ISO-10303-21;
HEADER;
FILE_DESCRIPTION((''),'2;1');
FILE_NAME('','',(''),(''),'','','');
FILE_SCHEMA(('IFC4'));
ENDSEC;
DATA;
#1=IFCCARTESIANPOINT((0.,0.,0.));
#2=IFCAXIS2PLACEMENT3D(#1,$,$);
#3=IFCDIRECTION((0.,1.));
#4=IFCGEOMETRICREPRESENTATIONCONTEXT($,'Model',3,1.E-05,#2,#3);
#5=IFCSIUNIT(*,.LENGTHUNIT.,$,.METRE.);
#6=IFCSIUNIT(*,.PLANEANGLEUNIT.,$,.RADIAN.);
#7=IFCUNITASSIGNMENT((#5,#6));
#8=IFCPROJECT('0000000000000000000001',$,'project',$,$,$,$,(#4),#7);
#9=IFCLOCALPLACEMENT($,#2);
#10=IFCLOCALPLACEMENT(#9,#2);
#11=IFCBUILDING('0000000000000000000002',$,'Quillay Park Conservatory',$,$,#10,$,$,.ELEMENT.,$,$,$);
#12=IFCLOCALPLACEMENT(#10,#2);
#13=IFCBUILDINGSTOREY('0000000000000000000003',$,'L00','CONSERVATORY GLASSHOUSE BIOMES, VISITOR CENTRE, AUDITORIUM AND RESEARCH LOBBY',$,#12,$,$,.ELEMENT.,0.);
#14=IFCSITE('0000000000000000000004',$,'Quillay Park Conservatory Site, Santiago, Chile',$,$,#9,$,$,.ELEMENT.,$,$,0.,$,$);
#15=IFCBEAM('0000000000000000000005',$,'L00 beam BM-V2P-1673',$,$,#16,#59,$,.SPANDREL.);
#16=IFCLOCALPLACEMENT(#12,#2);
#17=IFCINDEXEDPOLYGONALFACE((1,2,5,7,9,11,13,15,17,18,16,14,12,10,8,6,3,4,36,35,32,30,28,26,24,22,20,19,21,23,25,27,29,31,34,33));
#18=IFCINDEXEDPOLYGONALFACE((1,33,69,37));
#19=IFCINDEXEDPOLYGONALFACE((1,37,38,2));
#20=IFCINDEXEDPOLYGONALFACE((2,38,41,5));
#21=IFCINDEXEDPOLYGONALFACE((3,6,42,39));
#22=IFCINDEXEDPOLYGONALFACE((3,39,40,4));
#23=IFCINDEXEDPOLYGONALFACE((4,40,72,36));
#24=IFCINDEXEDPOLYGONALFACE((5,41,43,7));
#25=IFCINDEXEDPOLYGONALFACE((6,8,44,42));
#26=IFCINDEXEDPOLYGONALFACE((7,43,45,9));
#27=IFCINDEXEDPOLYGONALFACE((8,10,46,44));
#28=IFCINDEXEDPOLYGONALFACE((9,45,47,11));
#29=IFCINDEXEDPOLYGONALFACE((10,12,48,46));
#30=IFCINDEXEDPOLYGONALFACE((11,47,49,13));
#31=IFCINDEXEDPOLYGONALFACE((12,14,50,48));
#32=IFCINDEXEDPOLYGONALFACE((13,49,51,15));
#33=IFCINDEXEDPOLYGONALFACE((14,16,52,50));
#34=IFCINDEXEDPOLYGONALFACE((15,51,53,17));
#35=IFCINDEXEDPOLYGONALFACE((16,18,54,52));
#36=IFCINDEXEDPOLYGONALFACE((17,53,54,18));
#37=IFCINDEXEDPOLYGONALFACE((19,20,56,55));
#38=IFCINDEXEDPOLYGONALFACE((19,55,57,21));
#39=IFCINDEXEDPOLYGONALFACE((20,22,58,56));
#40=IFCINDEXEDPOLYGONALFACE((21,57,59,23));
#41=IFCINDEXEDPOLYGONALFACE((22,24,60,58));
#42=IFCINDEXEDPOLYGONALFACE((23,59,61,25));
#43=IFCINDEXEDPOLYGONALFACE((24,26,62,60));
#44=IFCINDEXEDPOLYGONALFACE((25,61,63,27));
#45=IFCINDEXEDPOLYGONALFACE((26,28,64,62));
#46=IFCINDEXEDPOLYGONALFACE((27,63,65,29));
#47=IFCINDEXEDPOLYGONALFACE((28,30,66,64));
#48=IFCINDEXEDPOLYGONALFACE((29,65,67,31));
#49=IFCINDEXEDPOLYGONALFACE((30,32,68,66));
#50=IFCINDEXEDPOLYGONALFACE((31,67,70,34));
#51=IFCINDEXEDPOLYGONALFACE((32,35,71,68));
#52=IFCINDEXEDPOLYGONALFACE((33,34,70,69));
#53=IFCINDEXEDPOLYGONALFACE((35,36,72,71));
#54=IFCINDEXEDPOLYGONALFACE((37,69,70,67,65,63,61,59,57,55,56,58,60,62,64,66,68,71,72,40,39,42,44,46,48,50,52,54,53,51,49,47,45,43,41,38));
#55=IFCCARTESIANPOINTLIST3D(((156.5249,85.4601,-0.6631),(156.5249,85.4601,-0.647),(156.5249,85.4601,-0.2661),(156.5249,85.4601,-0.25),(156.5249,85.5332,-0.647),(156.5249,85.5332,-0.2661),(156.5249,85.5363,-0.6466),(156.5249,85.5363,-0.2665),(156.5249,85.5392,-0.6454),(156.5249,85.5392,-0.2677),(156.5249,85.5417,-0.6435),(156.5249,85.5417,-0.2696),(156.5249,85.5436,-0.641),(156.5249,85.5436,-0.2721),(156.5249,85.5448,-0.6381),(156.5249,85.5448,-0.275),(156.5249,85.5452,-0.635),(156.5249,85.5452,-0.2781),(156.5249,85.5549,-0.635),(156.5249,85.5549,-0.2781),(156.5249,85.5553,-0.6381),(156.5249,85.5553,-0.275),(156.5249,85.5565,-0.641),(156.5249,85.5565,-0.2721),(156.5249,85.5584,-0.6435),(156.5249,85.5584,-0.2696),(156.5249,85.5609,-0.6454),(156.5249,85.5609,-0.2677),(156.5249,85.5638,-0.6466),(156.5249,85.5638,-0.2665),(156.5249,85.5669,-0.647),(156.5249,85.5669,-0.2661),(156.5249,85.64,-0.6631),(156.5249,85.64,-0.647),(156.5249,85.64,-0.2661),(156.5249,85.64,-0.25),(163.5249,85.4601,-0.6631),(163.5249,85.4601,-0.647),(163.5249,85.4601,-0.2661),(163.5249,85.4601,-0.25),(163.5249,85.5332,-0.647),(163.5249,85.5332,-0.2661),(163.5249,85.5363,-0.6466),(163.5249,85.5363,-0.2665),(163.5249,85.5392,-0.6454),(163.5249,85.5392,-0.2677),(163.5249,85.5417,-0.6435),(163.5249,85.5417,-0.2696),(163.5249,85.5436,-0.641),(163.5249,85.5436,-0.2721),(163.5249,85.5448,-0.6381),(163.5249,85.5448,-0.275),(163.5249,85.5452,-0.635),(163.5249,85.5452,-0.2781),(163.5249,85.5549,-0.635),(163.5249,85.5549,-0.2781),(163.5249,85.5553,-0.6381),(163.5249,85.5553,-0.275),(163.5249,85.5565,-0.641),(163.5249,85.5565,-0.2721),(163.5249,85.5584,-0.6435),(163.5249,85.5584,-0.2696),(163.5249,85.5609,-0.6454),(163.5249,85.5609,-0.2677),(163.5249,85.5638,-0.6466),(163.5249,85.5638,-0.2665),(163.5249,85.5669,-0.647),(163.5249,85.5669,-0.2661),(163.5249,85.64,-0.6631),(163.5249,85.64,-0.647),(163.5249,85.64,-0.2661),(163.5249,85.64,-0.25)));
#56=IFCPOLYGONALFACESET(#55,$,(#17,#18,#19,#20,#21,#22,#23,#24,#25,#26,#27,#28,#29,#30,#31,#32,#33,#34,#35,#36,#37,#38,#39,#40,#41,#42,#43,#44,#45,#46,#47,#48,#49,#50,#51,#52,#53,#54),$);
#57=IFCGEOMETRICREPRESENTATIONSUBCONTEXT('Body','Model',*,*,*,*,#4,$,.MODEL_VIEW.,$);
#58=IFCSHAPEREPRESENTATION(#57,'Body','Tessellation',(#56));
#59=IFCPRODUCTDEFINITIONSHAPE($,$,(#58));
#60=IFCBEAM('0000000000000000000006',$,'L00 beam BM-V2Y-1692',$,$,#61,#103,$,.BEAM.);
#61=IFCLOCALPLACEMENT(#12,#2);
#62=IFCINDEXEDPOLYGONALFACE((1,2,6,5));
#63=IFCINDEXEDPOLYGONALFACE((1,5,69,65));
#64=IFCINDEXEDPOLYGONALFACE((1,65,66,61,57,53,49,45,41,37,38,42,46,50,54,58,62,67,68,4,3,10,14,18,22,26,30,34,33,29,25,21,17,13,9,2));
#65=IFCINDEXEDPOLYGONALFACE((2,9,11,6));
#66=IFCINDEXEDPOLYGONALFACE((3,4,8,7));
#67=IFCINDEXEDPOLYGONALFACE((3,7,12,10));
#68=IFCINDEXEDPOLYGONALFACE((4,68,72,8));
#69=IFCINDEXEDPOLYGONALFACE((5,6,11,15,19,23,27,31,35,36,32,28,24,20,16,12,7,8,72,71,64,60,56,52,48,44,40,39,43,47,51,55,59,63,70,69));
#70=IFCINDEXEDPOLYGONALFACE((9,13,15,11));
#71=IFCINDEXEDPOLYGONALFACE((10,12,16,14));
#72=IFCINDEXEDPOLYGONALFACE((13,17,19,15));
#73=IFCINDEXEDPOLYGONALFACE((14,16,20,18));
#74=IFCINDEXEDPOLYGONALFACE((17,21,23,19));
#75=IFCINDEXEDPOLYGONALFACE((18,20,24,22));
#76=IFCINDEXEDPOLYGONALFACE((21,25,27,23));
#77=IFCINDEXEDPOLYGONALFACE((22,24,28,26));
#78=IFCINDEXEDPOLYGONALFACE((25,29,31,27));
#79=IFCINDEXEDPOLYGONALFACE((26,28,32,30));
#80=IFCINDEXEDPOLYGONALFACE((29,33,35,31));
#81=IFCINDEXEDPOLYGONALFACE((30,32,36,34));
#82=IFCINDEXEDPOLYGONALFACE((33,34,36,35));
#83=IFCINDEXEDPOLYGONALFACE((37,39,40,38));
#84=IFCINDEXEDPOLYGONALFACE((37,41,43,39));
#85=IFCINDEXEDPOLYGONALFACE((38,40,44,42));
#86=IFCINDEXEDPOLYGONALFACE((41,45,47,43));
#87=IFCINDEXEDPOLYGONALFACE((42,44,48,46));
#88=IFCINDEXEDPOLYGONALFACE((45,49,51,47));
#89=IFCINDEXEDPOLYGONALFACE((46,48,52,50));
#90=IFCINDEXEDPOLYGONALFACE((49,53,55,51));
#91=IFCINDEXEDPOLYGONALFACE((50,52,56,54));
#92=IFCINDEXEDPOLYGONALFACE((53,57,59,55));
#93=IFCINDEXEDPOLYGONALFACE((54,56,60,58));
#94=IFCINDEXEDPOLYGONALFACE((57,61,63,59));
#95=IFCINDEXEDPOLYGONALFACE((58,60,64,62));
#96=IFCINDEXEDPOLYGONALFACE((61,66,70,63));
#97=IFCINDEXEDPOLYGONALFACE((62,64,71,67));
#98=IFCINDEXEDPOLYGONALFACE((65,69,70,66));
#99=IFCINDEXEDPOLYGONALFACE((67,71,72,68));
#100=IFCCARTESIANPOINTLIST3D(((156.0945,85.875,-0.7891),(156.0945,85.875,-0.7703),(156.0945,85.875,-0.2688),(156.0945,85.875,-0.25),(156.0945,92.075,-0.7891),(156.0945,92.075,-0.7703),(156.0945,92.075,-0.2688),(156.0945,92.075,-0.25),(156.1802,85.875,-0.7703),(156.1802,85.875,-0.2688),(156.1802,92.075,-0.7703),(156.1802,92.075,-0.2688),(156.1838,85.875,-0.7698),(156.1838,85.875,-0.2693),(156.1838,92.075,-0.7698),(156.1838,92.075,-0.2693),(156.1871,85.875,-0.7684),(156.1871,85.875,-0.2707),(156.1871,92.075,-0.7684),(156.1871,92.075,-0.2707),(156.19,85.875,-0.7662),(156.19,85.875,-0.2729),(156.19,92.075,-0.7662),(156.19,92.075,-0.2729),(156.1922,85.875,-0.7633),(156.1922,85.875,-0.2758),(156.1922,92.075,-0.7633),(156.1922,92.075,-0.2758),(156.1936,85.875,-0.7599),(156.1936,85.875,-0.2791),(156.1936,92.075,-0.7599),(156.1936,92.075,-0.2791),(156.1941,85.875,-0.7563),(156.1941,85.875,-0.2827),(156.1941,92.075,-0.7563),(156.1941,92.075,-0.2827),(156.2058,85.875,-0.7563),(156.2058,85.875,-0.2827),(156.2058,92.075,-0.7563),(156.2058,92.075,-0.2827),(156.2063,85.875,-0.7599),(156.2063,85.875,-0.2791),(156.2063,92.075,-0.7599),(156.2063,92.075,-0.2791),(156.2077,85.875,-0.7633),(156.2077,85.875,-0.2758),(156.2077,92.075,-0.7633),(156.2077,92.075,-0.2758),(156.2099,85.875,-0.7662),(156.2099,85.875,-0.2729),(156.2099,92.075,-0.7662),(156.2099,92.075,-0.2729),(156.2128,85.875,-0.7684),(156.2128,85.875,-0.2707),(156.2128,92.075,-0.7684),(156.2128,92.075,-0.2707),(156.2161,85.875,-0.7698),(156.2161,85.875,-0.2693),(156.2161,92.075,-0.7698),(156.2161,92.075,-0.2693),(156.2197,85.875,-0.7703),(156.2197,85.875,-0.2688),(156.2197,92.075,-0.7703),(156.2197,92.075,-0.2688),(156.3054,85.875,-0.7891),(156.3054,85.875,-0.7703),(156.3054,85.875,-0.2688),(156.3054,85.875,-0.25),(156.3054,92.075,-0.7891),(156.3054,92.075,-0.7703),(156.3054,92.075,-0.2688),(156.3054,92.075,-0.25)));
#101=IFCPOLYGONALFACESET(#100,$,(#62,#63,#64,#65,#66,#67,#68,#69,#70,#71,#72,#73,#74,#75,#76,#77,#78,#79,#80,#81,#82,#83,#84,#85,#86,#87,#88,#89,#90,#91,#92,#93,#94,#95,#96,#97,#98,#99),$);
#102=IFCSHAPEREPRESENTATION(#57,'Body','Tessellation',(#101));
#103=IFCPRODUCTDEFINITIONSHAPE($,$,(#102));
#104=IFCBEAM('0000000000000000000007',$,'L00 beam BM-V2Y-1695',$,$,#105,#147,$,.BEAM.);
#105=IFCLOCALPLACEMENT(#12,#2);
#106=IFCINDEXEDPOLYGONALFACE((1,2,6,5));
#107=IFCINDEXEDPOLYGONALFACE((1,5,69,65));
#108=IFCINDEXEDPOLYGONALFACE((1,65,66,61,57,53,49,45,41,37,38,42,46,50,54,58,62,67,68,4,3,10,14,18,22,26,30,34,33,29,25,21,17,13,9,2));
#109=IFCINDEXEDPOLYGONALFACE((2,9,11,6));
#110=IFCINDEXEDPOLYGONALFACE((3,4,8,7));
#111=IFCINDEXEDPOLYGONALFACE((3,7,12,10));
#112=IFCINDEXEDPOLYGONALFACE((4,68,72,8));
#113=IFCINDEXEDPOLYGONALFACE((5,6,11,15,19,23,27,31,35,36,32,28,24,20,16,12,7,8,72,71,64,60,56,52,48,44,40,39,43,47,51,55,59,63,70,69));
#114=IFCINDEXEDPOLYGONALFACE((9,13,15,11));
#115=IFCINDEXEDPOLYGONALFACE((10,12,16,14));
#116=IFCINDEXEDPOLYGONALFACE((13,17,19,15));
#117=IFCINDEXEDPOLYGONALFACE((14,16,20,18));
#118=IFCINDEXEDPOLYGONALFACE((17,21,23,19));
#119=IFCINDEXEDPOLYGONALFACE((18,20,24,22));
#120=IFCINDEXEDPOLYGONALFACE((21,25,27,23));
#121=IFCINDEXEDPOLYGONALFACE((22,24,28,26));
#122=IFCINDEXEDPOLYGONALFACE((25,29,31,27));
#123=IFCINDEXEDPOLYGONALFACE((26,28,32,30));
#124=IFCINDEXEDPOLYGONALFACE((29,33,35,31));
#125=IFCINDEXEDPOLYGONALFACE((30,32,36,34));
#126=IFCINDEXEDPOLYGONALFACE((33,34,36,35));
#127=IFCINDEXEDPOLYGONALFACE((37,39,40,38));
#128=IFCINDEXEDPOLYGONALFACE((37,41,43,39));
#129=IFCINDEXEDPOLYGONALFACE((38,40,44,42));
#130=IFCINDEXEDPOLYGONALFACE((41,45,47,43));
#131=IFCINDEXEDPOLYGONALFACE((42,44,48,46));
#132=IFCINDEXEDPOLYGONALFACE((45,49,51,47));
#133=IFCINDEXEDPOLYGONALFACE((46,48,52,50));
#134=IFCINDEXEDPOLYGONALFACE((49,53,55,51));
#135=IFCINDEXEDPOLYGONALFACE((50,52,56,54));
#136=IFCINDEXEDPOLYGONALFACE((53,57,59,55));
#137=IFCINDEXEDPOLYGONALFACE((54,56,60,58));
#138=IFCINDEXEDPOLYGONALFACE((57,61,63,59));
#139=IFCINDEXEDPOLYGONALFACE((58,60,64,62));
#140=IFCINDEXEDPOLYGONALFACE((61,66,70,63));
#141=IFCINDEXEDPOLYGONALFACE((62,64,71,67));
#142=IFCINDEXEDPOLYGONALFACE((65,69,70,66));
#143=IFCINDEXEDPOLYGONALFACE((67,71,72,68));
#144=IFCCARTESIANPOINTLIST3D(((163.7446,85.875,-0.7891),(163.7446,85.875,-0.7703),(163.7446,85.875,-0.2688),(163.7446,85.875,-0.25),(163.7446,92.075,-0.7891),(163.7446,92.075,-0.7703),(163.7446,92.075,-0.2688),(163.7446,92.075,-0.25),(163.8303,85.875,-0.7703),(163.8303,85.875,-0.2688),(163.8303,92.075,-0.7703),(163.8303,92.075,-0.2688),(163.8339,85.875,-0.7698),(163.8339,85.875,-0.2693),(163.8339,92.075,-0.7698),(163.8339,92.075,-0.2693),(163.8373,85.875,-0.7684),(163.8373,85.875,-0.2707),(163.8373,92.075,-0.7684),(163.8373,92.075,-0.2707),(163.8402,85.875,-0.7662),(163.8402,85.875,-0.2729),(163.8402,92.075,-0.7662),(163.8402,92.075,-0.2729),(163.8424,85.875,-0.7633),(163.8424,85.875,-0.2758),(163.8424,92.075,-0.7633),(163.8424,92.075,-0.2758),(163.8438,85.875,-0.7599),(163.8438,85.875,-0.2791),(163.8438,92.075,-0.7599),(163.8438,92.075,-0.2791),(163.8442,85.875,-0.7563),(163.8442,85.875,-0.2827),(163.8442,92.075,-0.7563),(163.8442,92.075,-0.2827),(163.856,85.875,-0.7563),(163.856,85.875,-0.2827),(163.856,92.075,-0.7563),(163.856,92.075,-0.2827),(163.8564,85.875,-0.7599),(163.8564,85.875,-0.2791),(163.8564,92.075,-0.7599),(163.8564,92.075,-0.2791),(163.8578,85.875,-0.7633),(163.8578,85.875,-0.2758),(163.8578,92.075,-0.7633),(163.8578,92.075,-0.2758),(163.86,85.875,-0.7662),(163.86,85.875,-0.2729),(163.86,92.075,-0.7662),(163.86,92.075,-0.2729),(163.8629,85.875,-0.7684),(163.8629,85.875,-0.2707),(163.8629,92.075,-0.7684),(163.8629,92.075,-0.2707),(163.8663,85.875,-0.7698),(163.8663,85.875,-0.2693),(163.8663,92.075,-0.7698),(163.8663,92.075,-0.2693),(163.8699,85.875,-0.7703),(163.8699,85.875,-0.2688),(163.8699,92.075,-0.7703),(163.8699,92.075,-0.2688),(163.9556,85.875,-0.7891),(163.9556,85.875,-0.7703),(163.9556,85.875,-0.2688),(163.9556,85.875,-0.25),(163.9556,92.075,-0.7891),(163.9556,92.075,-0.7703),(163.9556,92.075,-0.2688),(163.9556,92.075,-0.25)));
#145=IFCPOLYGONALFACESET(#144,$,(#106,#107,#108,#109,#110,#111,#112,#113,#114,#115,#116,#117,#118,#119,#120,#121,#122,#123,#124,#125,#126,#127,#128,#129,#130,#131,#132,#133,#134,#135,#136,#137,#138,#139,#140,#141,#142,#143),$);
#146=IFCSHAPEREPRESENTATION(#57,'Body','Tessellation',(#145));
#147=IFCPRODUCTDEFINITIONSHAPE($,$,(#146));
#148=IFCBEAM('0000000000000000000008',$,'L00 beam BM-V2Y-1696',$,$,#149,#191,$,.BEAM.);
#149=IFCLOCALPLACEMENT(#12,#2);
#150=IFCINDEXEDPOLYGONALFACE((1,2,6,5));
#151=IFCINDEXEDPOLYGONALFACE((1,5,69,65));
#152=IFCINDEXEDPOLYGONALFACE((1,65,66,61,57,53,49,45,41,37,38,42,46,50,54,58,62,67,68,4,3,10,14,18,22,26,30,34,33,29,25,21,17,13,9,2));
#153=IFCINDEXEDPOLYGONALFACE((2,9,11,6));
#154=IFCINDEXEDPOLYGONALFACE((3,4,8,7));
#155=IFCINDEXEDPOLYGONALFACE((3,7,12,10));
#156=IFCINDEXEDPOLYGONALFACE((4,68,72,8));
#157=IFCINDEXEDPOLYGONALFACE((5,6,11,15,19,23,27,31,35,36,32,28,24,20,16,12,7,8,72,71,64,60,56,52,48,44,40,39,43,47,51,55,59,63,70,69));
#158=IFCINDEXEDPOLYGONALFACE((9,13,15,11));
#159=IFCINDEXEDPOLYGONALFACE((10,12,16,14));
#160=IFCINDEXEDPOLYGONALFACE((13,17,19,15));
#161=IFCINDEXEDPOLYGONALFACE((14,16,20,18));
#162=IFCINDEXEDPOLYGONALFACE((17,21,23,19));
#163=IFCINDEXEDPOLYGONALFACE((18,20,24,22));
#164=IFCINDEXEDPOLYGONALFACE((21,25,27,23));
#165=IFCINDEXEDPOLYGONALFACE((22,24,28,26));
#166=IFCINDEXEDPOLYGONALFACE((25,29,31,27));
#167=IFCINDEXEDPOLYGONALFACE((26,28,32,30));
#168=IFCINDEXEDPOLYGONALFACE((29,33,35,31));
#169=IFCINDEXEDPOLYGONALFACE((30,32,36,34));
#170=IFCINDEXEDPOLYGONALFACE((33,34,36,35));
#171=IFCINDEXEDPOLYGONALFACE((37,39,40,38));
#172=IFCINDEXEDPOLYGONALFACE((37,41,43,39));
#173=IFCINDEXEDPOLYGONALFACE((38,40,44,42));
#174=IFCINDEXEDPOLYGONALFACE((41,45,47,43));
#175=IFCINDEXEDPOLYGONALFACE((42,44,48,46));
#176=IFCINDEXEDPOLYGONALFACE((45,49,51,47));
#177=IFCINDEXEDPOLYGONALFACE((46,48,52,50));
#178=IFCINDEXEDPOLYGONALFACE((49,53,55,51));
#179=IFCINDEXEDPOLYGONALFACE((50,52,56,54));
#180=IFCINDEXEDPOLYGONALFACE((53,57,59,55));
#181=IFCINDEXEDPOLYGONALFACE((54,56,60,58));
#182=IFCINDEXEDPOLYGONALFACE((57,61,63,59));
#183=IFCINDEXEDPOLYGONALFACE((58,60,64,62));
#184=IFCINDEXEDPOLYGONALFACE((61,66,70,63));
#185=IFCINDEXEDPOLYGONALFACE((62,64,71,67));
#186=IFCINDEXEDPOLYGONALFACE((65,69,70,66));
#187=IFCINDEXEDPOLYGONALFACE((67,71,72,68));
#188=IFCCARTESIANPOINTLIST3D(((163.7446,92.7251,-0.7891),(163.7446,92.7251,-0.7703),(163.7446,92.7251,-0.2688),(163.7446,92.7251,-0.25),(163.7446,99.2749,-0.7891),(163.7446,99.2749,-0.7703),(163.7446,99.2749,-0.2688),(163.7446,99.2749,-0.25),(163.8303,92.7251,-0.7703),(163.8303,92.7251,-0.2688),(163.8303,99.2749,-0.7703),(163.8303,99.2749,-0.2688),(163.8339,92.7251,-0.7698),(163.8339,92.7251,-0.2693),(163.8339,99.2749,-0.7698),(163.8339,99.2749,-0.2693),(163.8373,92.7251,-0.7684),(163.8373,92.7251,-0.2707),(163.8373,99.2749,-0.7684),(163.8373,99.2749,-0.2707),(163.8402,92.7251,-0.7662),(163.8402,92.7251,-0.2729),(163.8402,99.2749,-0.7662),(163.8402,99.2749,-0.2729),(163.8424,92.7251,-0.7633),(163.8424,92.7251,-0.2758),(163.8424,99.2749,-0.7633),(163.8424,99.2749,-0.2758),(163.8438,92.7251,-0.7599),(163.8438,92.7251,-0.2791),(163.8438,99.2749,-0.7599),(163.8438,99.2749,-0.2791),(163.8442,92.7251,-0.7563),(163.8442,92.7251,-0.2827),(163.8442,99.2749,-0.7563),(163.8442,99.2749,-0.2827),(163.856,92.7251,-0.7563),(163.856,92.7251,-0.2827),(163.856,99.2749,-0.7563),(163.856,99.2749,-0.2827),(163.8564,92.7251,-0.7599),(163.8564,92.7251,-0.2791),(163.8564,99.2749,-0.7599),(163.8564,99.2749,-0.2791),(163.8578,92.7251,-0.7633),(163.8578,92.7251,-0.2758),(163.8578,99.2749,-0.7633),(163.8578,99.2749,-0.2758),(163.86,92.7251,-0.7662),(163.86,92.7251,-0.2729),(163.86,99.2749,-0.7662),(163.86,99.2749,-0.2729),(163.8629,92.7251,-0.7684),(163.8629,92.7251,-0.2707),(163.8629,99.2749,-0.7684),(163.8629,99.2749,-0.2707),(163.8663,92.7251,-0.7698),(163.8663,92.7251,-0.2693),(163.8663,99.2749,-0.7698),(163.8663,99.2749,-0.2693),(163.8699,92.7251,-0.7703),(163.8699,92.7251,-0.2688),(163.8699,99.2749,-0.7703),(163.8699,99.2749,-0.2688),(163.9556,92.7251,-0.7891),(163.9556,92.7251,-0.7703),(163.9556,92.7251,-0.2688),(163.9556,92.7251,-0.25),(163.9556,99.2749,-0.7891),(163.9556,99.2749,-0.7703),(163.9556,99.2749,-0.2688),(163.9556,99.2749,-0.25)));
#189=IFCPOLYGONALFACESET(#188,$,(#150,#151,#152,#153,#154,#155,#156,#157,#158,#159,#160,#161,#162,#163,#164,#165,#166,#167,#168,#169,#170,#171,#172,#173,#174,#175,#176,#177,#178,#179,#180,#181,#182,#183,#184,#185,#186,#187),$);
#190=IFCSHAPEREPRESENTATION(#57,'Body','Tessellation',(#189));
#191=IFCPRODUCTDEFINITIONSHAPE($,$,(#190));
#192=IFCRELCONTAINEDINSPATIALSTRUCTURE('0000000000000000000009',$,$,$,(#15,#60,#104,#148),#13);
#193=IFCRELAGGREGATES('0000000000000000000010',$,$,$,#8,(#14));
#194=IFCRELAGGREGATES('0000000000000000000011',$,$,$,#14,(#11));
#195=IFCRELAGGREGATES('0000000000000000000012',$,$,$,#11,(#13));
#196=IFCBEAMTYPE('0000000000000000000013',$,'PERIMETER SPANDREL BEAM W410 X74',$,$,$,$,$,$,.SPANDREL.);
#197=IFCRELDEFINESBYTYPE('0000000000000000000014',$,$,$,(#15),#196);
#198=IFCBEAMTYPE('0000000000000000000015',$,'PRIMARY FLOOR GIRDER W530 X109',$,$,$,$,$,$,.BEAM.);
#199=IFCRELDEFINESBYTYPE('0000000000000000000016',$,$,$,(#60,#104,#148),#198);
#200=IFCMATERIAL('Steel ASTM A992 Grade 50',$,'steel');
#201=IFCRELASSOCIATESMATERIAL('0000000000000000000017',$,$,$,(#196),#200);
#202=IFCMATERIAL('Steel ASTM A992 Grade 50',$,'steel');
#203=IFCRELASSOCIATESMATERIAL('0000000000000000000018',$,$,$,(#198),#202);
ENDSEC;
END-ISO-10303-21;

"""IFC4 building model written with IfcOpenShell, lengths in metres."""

from ifc_helpers import new_model, si_unit, direction, frame, origin, origin_2d, place, context, subcontext, project, spatial, i_section, extrude, material, material_profile, profile_set, type_object, element, save


model = new_model("IFC4")

# Units and contexts
model_context = context("Model", 3, precision=1e-05, world=origin(), true_north=direction((0.0, 1.0)))
body_context = subcontext(model_context, "Body", "Model", "MODEL_VIEW")
ifc_project = project(units=[si_unit("LENGTHUNIT", "METRE"), si_unit("PLANEANGLEUNIT", "RADIAN")], contexts=[model_context])

# Site, building, storey
site_placement = place(None, origin())
site = spatial("IfcSite", under=ifc_project, at=site_placement, Name="Quillay Park Conservatory Site, Santiago, Chile", CompositionType="ELEMENT", RefElevation=0.0)
building_placement = place(site_placement, origin())
building = spatial("IfcBuilding", under=site, at=building_placement, Name="Quillay Park Conservatory", CompositionType="ELEMENT")
storey_placement = place(building_placement, origin())
storey = spatial("IfcBuildingStorey", under=building, at=storey_placement, Name="L00", Description="CONSERVATORY GLASSHOUSE BIOMES, VISITOR CENTRE, AUDITORIUM AND RESEARCH LOBBY", CompositionType="ELEMENT", Elevation=0.0)

# Beams
ifc_material_1 = material(Name="Steel ASTM A992 Grade 50", Category="steel")
ifc_material_profile_1 = material_profile(ifc_material_1, i_section(OverallWidth=0.1799, OverallDepth=0.4131, WebThickness=0.0098, FlangeThickness=0.0161, FilletRadius=0.012, at=origin_2d()), Name="W410x74")
ifc_profile_set_1 = profile_set([ifc_material_profile_1], Name="Steel ASTM A992 Grade 50")
beam_type_1 = type_object("IfcBeamType", Name="PERIMETER SPANDREL BEAM W410 X74", PredefinedType="SPANDREL", material=ifc_profile_set_1)
beam_1_placement = place(storey_placement, frame((156.5249, 85.55, -0.4565), z_axis=(1.0, 0.0, 0.0), x_axis=(0.0, 1.0, 0.0)))
element("IfcBeam", 1, at=beam_1_placement, inside=storey, type_object=beam_type_1, Name="L00 beam BM-V2P-1673", PredefinedType="SPANDREL", context=body_context, shape_type="SweptSolid", body=[
    extrude(i_section(OverallWidth=0.1799, OverallDepth=0.4131, WebThickness=0.0098, FlangeThickness=0.0161, FilletRadius=0.012, at=origin_2d()), origin(), (0.0, 0.0, 1.0), 7.0),
])
ifc_material_2 = material(Name="Steel ASTM A992 Grade 50", Category="steel")
ifc_material_profile_2 = material_profile(ifc_material_2, i_section(OverallWidth=0.2109, OverallDepth=0.5391, WebThickness=0.0117, FlangeThickness=0.0188, FilletRadius=0.0139, at=origin_2d()), Name="W530x109")
ifc_profile_set_2 = profile_set([ifc_material_profile_2], Name="Steel ASTM A992 Grade 50")
beam_type_2 = type_object("IfcBeamType", Name="PRIMARY FLOOR GIRDER W530 X109", PredefinedType="BEAM", material=ifc_profile_set_2)
for number, where, z_axis, x_axis, name in (
    (2, (156.2, 85.875, -0.5195), (0.0, 1.0, 0.0), (-1.0, 0.0, 0.0), "L00 beam BM-V2Y-1692"),
    (3, (163.8501, 85.875, -0.5195), (0.0, 1.0, 0.0), (-1.0, 0.0, 0.0), "L00 beam BM-V2Y-1695"),
):
    element("IfcBeam", number, at=place(storey_placement, frame(where, z_axis=z_axis, x_axis=x_axis)), inside=storey, type_object=beam_type_2, Name=name, PredefinedType="BEAM", context=body_context, shape_type="SweptSolid", body=[
        extrude(i_section(OverallWidth=0.2109, OverallDepth=0.5391, WebThickness=0.0117, FlangeThickness=0.0188, FilletRadius=0.0139, at=origin_2d()), origin(), (0.0, 0.0, 1.0), 6.2),
    ])
beam_2_placement = place(storey_placement, frame((163.8501, 92.7251, -0.5195), z_axis=(0.0, 1.0, 0.0), x_axis=(-1.0, 0.0, 0.0)))
element("IfcBeam", 4, at=beam_2_placement, inside=storey, type_object=beam_type_2, Name="L00 beam BM-V2Y-1696", PredefinedType="BEAM", context=body_context, shape_type="SweptSolid", body=[
    extrude(i_section(OverallWidth=0.2109, OverallDepth=0.5391, WebThickness=0.0117, FlangeThickness=0.0188, FilletRadius=0.0139, at=origin_2d()), origin(), (0.0, 0.0, 1.0), 6.5498),
])

save(model, "model.ifc")
